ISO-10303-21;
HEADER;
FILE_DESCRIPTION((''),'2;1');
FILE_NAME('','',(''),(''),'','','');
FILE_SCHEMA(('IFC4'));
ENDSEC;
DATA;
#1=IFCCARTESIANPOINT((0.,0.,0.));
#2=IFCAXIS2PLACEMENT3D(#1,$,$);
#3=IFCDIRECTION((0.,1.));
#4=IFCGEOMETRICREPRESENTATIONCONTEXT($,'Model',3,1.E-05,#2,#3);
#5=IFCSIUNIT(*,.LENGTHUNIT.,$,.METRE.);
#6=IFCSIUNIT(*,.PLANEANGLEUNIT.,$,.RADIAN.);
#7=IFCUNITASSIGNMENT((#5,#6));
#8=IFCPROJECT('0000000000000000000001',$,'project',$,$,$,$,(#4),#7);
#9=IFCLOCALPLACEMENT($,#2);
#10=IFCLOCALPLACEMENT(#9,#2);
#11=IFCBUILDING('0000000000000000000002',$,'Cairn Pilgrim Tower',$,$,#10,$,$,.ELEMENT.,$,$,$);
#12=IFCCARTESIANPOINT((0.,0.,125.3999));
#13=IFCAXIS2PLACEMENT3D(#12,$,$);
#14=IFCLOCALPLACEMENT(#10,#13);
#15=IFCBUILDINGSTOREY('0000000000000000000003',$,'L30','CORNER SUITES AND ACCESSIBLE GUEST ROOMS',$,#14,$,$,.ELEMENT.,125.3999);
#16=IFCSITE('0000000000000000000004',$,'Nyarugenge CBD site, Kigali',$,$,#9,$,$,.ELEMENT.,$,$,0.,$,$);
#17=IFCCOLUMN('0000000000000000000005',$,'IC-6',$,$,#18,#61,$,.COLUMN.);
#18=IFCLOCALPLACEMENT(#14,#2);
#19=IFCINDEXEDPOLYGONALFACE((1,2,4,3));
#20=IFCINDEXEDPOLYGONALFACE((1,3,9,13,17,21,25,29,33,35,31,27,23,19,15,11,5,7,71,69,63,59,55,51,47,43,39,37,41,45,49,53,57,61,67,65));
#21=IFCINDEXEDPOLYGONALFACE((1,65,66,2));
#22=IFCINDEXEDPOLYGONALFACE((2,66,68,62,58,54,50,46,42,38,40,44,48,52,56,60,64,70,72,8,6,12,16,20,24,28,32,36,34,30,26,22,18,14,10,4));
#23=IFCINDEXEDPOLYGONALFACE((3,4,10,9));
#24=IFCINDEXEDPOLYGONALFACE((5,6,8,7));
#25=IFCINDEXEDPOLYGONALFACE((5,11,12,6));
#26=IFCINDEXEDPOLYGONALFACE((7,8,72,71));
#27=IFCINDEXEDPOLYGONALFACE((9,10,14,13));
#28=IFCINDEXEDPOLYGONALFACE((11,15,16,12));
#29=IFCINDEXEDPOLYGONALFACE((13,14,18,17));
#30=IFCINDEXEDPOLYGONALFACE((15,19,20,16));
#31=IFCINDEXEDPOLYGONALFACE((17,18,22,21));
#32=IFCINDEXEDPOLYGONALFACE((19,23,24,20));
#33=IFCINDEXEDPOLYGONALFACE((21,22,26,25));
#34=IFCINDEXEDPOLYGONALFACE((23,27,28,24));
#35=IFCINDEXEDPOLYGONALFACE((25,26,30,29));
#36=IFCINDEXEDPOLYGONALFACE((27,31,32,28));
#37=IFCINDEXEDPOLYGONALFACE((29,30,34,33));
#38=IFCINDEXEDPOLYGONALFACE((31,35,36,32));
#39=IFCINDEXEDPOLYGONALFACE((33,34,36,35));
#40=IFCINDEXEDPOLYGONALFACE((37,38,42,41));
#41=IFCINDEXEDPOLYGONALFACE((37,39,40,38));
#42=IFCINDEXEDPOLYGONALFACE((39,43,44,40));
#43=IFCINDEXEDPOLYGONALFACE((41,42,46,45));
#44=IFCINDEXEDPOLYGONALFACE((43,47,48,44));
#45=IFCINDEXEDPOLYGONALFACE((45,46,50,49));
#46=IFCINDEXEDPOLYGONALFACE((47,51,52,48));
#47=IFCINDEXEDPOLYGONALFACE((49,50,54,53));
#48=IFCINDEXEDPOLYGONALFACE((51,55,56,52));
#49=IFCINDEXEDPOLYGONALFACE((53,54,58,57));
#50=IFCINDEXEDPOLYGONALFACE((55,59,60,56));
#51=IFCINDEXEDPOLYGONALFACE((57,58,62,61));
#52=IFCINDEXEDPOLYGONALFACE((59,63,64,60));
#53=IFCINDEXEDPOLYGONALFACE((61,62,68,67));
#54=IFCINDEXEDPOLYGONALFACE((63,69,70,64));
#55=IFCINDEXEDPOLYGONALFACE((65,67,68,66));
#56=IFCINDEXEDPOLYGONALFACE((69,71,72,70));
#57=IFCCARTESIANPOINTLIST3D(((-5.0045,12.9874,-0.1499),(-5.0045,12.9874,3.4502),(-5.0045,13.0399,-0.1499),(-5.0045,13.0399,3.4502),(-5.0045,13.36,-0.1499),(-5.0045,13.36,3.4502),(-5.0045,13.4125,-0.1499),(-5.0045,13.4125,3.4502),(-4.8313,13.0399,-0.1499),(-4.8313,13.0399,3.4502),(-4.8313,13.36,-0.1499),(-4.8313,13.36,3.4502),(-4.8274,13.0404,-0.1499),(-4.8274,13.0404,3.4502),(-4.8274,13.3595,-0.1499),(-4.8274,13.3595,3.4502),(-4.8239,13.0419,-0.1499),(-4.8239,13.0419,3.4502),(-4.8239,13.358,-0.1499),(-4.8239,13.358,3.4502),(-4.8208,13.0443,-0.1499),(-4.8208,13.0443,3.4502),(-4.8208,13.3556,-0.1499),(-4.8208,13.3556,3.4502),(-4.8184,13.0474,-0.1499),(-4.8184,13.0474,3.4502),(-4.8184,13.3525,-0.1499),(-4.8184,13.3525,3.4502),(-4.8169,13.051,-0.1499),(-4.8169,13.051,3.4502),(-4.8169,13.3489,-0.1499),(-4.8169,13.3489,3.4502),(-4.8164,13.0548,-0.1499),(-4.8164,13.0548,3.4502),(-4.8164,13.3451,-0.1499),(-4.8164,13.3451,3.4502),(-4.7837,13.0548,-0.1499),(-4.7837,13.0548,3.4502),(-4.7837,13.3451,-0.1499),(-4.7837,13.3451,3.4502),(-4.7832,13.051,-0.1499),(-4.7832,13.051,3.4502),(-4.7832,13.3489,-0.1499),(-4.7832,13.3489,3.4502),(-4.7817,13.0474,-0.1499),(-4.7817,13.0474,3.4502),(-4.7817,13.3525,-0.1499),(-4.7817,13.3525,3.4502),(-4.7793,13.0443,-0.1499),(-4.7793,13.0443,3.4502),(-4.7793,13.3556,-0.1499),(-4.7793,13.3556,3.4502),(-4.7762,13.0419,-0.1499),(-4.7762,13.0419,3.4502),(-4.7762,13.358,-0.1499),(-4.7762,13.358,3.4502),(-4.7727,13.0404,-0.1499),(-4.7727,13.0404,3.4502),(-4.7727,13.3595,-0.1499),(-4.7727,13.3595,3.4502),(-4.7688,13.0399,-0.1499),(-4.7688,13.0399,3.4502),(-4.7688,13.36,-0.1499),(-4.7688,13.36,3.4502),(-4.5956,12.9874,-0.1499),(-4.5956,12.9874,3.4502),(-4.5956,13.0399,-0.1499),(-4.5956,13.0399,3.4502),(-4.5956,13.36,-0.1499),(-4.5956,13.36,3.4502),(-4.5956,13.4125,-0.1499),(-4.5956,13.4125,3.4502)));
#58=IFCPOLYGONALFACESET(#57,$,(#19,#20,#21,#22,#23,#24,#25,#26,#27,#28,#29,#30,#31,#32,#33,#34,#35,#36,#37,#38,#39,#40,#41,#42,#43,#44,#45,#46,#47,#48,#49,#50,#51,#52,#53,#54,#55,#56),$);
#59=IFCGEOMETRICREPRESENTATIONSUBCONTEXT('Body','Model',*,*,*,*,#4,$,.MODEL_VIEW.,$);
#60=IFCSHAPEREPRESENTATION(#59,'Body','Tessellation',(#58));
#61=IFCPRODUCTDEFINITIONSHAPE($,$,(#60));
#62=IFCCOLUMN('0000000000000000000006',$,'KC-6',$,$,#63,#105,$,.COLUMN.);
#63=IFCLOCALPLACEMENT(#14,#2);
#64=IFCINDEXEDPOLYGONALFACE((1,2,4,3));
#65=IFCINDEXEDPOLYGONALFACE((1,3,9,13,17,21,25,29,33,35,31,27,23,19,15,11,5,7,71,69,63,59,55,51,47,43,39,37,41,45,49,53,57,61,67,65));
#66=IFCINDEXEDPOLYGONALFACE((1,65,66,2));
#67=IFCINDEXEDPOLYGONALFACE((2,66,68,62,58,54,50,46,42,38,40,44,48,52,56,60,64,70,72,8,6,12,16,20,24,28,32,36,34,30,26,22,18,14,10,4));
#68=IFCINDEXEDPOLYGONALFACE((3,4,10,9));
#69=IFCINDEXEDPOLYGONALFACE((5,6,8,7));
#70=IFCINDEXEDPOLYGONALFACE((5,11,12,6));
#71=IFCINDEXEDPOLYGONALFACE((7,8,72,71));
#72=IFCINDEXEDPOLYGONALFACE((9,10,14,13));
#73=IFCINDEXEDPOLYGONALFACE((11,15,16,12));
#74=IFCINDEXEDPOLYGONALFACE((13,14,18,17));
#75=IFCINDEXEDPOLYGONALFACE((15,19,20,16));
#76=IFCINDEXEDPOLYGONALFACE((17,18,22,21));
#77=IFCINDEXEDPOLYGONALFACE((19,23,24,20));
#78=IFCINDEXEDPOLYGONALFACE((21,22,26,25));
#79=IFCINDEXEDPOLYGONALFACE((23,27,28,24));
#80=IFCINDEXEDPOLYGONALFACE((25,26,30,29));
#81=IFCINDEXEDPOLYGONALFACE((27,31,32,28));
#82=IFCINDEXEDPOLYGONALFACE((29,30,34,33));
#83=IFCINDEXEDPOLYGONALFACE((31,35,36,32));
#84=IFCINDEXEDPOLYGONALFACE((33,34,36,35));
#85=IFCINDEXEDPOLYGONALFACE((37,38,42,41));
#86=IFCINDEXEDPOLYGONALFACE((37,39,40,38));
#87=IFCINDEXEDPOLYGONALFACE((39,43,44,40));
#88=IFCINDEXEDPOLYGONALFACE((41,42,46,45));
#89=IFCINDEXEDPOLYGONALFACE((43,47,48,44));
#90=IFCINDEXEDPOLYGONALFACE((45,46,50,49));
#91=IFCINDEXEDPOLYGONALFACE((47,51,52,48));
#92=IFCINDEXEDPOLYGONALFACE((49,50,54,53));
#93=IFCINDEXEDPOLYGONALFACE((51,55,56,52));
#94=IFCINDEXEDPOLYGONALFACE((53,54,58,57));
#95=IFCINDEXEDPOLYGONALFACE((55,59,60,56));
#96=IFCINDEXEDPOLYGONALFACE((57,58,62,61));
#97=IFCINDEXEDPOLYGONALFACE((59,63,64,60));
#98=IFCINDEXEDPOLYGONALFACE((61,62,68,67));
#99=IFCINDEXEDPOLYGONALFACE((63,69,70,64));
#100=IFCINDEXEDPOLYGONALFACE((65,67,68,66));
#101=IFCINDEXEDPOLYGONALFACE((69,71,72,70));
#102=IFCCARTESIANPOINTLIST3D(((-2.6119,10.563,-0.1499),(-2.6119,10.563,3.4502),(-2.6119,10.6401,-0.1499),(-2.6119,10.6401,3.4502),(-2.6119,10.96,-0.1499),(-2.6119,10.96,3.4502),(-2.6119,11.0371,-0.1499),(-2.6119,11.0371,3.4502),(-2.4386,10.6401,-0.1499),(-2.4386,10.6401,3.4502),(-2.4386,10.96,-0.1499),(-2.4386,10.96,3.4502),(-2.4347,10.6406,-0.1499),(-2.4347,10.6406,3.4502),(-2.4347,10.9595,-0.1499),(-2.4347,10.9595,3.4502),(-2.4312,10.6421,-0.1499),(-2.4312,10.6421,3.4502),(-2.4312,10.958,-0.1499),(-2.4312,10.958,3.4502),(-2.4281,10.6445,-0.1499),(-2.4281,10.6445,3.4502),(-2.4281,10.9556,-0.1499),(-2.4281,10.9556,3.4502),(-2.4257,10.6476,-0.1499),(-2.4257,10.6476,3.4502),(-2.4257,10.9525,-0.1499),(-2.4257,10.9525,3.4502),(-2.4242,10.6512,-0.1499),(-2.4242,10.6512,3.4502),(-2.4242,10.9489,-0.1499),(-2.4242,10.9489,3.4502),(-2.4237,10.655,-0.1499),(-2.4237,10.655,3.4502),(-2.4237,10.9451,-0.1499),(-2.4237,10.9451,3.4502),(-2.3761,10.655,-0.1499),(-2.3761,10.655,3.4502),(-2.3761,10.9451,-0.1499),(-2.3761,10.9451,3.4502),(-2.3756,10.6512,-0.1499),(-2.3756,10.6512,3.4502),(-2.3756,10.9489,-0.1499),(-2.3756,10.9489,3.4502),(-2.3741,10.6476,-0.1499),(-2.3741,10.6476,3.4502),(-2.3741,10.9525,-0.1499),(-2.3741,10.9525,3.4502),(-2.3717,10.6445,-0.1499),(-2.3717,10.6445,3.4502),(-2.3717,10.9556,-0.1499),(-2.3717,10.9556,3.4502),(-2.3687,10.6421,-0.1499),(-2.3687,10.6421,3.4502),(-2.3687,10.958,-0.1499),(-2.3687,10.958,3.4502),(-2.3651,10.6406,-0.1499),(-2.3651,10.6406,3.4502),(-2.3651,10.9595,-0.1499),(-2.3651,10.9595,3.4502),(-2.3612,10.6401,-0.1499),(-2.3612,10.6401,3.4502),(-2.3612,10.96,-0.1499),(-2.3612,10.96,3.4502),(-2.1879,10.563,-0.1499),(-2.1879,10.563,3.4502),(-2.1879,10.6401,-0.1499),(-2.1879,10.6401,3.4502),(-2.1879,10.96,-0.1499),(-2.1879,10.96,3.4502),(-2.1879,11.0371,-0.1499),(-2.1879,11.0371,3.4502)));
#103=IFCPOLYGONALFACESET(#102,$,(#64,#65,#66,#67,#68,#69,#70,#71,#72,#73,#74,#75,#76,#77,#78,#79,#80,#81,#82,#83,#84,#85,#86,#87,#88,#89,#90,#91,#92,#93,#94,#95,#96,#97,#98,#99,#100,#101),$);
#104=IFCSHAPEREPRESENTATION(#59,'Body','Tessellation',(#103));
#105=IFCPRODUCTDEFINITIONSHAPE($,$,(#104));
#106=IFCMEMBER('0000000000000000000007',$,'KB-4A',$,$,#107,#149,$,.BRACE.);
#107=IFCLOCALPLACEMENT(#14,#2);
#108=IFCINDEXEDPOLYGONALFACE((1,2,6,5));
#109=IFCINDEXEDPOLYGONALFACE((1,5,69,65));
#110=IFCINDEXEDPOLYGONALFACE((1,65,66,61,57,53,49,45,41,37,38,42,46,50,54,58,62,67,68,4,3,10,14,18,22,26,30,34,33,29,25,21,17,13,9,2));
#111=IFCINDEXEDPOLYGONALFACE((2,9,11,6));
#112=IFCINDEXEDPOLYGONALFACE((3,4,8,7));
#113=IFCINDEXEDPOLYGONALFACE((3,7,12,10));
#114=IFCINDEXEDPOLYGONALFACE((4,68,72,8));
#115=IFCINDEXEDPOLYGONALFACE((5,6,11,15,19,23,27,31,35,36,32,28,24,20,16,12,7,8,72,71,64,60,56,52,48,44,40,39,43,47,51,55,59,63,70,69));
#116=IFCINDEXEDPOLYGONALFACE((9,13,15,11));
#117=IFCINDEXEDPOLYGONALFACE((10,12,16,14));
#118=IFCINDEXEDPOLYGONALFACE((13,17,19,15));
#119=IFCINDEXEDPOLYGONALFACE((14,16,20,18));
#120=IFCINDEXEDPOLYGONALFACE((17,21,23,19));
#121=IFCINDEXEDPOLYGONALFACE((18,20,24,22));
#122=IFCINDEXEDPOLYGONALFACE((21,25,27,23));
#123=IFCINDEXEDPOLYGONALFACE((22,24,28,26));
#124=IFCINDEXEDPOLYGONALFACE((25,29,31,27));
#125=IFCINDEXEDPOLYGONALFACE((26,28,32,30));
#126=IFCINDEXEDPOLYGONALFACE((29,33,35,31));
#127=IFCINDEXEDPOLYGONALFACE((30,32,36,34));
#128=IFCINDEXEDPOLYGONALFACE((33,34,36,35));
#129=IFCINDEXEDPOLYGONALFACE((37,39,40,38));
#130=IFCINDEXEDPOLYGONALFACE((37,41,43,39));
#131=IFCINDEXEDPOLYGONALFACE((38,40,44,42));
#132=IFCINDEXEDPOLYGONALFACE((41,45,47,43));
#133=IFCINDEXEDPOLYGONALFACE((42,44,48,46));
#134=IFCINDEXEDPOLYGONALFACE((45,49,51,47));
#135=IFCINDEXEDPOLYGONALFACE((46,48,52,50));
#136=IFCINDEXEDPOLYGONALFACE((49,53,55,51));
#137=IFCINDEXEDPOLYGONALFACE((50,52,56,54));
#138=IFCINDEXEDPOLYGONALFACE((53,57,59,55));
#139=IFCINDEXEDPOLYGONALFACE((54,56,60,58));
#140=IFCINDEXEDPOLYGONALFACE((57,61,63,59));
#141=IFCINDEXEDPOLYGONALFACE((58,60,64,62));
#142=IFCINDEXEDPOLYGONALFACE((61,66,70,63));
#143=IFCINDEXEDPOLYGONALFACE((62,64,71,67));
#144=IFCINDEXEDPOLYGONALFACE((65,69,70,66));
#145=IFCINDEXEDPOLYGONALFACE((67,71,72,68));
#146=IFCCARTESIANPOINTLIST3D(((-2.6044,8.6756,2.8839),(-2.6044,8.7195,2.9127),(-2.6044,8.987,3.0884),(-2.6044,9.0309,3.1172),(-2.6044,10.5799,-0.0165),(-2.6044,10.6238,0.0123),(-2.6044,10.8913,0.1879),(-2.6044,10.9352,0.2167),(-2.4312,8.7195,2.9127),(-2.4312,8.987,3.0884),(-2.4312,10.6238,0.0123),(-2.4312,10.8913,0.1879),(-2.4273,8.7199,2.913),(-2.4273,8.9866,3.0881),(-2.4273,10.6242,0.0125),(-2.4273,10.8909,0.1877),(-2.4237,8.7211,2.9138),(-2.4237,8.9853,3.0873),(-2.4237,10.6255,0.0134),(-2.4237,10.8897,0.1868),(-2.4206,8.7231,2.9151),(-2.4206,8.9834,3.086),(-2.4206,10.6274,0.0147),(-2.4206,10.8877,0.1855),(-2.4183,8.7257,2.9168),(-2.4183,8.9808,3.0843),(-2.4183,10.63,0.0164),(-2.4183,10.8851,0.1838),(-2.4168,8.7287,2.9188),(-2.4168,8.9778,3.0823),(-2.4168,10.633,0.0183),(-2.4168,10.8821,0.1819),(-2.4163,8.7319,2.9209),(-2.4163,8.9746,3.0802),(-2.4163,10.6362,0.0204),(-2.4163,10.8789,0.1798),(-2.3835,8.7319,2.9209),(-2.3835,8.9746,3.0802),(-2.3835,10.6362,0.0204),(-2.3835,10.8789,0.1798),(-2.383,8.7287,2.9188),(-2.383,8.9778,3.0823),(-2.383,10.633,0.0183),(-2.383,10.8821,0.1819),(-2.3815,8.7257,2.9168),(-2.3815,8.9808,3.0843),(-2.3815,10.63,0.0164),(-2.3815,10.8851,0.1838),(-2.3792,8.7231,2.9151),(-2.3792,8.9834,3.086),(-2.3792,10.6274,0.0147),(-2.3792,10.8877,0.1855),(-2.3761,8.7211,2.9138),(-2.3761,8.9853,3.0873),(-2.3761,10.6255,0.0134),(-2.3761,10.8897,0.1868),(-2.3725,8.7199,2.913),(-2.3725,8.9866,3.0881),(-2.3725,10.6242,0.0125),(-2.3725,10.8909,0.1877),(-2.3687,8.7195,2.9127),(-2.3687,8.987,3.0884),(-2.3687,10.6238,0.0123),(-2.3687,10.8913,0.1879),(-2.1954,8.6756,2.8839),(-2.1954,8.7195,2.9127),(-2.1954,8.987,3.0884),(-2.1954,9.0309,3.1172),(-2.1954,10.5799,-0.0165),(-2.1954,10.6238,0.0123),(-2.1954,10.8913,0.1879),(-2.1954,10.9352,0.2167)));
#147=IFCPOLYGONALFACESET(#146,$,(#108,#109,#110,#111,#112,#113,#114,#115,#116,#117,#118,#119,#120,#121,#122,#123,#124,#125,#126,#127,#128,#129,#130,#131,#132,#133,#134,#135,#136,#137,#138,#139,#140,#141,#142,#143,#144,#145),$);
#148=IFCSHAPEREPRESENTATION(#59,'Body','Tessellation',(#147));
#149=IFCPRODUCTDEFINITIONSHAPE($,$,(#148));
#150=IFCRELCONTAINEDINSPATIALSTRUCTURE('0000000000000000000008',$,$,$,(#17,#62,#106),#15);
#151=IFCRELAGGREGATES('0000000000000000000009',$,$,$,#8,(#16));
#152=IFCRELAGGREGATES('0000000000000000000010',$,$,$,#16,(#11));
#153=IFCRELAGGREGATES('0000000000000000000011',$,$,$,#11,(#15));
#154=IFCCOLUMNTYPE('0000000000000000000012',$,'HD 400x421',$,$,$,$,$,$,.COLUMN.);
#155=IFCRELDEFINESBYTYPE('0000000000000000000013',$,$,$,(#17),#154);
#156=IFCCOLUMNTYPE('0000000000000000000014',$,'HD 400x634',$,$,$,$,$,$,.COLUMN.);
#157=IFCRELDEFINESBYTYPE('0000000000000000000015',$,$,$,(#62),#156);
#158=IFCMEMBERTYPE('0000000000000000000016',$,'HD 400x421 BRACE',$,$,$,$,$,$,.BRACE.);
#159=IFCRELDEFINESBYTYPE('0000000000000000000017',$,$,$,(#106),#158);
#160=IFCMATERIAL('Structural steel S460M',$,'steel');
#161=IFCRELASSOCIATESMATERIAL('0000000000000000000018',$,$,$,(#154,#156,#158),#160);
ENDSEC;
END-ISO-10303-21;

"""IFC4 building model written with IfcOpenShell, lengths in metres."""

from ifc_helpers import new_model, si_unit, direction, frame, origin, origin_2d, place, context, subcontext, project, spatial, i_section, extrude, material, material_profile, profile_set, type_object, element, save


model = new_model("IFC4")

# Units and contexts
model_context = context("Model", 3, precision=1e-05, world=origin(), true_north=direction((0.0, 1.0)))
body_context = subcontext(model_context, "Body", "Model", "MODEL_VIEW")
ifc_project = project(units=[si_unit("LENGTHUNIT", "METRE"), si_unit("PLANEANGLEUNIT", "RADIAN")], contexts=[model_context])

# Site, building, storey
site_placement = place(None, origin())
site = spatial("IfcSite", under=ifc_project, at=site_placement, Name="Nyarugenge CBD site, Kigali", CompositionType="ELEMENT", RefElevation=0.0)
building_placement = place(site_placement, origin())
building = spatial("IfcBuilding", under=site, at=building_placement, Name="Cairn Pilgrim Tower", CompositionType="ELEMENT")
storey_placement = place(building_placement, frame((0.0, 0.0, 125.3999)))
storey = spatial("IfcBuildingStorey", under=building, at=storey_placement, Name="L30", Description="CORNER SUITES AND ACCESSIBLE GUEST ROOMS", CompositionType="ELEMENT", Elevation=125.3999)

# Columns
ifc_material_1 = material(Name="Structural steel S460M", Category="steel")
ifc_material_profile_1 = material_profile(ifc_material_1, i_section(OverallWidth=0.4089, OverallDepth=0.425, WebThickness=0.0327, FlangeThickness=0.0525, FilletRadius=0.0149, at=origin_2d()), Name="HD 400x421")
ifc_profile_set_1 = profile_set([ifc_material_profile_1], Name="Structural steel S460M")
column_type_1 = type_object("IfcColumnType", Name="HD 400x421", PredefinedType="COLUMN", material=ifc_profile_set_1)
column_1_placement = place(storey_placement, frame((-4.8, 13.2, -0.1499), z_axis=(0.0, 0.0, 1.0), x_axis=(1.0, 0.0, 0.0)))
element("IfcColumn", 1, at=column_1_placement, inside=storey, type_object=column_type_1, Name="IC-6", PredefinedType="COLUMN", context=body_context, shape_type="SweptSolid", body=[
    extrude(i_section(OverallWidth=0.4089, OverallDepth=0.425, WebThickness=0.0327, FlangeThickness=0.0525, FilletRadius=0.0149, at=origin_2d()), origin(), (0.0, 0.0, 1.0), 3.6001),
])
ifc_material_profile_2 = material_profile(ifc_material_1, i_section(OverallWidth=0.4241, OverallDepth=0.4741, WebThickness=0.0476, FlangeThickness=0.0771, FilletRadius=0.0149, at=origin_2d()), Name="HD 400x634")
ifc_profile_set_2 = profile_set([ifc_material_profile_2], Name="Structural steel S460M")
column_type_2 = type_object("IfcColumnType", Name="HD 400x634", PredefinedType="COLUMN", material=ifc_profile_set_2)
column_2_placement = place(storey_placement, frame((-2.3999, 10.8, -0.1499), z_axis=(0.0, 0.0, 1.0), x_axis=(1.0, 0.0, 0.0)))
element("IfcColumn", 2, at=column_2_placement, inside=storey, type_object=column_type_2, Name="KC-6", PredefinedType="COLUMN", context=body_context, shape_type="SweptSolid", body=[
    extrude(i_section(OverallWidth=0.4241, OverallDepth=0.4741, WebThickness=0.0476, FlangeThickness=0.0771, FilletRadius=0.0149, at=origin_2d()), origin(), (0.0, 0.0, 1.0), 3.6001),
])

# Member
ifc_material_profile_3 = material_profile(ifc_material_1, i_section(OverallWidth=0.4089, OverallDepth=0.425, WebThickness=0.0327, FlangeThickness=0.0525, FilletRadius=0.0149, at=origin_2d()), Name="HD 400x421")
ifc_profile_set_3 = profile_set([ifc_material_profile_3], Name="Structural steel S460M")
member_type = type_object("IfcMemberType", Name="HD 400x421 BRACE", PredefinedType="BRACE", material=ifc_profile_set_3)
member_placement = place(storey_placement, frame((-2.3999, 10.7576, 0.1001), z_axis=(0.0, -0.548841, 0.835927), x_axis=(1.0, 0.0, 0.0)))
element("IfcMember", 3, at=member_placement, inside=storey, type_object=member_type, Name="KB-4A", PredefinedType="BRACE", context=body_context, shape_type="SweptSolid", body=[
    extrude(i_section(OverallWidth=0.4089, OverallDepth=0.425, WebThickness=0.0327, FlangeThickness=0.0525, FilletRadius=0.0149, at=origin_2d()), origin(), (0.0, 0.0, 1.0), 3.4697),
])

save(model, "model.ifc")
